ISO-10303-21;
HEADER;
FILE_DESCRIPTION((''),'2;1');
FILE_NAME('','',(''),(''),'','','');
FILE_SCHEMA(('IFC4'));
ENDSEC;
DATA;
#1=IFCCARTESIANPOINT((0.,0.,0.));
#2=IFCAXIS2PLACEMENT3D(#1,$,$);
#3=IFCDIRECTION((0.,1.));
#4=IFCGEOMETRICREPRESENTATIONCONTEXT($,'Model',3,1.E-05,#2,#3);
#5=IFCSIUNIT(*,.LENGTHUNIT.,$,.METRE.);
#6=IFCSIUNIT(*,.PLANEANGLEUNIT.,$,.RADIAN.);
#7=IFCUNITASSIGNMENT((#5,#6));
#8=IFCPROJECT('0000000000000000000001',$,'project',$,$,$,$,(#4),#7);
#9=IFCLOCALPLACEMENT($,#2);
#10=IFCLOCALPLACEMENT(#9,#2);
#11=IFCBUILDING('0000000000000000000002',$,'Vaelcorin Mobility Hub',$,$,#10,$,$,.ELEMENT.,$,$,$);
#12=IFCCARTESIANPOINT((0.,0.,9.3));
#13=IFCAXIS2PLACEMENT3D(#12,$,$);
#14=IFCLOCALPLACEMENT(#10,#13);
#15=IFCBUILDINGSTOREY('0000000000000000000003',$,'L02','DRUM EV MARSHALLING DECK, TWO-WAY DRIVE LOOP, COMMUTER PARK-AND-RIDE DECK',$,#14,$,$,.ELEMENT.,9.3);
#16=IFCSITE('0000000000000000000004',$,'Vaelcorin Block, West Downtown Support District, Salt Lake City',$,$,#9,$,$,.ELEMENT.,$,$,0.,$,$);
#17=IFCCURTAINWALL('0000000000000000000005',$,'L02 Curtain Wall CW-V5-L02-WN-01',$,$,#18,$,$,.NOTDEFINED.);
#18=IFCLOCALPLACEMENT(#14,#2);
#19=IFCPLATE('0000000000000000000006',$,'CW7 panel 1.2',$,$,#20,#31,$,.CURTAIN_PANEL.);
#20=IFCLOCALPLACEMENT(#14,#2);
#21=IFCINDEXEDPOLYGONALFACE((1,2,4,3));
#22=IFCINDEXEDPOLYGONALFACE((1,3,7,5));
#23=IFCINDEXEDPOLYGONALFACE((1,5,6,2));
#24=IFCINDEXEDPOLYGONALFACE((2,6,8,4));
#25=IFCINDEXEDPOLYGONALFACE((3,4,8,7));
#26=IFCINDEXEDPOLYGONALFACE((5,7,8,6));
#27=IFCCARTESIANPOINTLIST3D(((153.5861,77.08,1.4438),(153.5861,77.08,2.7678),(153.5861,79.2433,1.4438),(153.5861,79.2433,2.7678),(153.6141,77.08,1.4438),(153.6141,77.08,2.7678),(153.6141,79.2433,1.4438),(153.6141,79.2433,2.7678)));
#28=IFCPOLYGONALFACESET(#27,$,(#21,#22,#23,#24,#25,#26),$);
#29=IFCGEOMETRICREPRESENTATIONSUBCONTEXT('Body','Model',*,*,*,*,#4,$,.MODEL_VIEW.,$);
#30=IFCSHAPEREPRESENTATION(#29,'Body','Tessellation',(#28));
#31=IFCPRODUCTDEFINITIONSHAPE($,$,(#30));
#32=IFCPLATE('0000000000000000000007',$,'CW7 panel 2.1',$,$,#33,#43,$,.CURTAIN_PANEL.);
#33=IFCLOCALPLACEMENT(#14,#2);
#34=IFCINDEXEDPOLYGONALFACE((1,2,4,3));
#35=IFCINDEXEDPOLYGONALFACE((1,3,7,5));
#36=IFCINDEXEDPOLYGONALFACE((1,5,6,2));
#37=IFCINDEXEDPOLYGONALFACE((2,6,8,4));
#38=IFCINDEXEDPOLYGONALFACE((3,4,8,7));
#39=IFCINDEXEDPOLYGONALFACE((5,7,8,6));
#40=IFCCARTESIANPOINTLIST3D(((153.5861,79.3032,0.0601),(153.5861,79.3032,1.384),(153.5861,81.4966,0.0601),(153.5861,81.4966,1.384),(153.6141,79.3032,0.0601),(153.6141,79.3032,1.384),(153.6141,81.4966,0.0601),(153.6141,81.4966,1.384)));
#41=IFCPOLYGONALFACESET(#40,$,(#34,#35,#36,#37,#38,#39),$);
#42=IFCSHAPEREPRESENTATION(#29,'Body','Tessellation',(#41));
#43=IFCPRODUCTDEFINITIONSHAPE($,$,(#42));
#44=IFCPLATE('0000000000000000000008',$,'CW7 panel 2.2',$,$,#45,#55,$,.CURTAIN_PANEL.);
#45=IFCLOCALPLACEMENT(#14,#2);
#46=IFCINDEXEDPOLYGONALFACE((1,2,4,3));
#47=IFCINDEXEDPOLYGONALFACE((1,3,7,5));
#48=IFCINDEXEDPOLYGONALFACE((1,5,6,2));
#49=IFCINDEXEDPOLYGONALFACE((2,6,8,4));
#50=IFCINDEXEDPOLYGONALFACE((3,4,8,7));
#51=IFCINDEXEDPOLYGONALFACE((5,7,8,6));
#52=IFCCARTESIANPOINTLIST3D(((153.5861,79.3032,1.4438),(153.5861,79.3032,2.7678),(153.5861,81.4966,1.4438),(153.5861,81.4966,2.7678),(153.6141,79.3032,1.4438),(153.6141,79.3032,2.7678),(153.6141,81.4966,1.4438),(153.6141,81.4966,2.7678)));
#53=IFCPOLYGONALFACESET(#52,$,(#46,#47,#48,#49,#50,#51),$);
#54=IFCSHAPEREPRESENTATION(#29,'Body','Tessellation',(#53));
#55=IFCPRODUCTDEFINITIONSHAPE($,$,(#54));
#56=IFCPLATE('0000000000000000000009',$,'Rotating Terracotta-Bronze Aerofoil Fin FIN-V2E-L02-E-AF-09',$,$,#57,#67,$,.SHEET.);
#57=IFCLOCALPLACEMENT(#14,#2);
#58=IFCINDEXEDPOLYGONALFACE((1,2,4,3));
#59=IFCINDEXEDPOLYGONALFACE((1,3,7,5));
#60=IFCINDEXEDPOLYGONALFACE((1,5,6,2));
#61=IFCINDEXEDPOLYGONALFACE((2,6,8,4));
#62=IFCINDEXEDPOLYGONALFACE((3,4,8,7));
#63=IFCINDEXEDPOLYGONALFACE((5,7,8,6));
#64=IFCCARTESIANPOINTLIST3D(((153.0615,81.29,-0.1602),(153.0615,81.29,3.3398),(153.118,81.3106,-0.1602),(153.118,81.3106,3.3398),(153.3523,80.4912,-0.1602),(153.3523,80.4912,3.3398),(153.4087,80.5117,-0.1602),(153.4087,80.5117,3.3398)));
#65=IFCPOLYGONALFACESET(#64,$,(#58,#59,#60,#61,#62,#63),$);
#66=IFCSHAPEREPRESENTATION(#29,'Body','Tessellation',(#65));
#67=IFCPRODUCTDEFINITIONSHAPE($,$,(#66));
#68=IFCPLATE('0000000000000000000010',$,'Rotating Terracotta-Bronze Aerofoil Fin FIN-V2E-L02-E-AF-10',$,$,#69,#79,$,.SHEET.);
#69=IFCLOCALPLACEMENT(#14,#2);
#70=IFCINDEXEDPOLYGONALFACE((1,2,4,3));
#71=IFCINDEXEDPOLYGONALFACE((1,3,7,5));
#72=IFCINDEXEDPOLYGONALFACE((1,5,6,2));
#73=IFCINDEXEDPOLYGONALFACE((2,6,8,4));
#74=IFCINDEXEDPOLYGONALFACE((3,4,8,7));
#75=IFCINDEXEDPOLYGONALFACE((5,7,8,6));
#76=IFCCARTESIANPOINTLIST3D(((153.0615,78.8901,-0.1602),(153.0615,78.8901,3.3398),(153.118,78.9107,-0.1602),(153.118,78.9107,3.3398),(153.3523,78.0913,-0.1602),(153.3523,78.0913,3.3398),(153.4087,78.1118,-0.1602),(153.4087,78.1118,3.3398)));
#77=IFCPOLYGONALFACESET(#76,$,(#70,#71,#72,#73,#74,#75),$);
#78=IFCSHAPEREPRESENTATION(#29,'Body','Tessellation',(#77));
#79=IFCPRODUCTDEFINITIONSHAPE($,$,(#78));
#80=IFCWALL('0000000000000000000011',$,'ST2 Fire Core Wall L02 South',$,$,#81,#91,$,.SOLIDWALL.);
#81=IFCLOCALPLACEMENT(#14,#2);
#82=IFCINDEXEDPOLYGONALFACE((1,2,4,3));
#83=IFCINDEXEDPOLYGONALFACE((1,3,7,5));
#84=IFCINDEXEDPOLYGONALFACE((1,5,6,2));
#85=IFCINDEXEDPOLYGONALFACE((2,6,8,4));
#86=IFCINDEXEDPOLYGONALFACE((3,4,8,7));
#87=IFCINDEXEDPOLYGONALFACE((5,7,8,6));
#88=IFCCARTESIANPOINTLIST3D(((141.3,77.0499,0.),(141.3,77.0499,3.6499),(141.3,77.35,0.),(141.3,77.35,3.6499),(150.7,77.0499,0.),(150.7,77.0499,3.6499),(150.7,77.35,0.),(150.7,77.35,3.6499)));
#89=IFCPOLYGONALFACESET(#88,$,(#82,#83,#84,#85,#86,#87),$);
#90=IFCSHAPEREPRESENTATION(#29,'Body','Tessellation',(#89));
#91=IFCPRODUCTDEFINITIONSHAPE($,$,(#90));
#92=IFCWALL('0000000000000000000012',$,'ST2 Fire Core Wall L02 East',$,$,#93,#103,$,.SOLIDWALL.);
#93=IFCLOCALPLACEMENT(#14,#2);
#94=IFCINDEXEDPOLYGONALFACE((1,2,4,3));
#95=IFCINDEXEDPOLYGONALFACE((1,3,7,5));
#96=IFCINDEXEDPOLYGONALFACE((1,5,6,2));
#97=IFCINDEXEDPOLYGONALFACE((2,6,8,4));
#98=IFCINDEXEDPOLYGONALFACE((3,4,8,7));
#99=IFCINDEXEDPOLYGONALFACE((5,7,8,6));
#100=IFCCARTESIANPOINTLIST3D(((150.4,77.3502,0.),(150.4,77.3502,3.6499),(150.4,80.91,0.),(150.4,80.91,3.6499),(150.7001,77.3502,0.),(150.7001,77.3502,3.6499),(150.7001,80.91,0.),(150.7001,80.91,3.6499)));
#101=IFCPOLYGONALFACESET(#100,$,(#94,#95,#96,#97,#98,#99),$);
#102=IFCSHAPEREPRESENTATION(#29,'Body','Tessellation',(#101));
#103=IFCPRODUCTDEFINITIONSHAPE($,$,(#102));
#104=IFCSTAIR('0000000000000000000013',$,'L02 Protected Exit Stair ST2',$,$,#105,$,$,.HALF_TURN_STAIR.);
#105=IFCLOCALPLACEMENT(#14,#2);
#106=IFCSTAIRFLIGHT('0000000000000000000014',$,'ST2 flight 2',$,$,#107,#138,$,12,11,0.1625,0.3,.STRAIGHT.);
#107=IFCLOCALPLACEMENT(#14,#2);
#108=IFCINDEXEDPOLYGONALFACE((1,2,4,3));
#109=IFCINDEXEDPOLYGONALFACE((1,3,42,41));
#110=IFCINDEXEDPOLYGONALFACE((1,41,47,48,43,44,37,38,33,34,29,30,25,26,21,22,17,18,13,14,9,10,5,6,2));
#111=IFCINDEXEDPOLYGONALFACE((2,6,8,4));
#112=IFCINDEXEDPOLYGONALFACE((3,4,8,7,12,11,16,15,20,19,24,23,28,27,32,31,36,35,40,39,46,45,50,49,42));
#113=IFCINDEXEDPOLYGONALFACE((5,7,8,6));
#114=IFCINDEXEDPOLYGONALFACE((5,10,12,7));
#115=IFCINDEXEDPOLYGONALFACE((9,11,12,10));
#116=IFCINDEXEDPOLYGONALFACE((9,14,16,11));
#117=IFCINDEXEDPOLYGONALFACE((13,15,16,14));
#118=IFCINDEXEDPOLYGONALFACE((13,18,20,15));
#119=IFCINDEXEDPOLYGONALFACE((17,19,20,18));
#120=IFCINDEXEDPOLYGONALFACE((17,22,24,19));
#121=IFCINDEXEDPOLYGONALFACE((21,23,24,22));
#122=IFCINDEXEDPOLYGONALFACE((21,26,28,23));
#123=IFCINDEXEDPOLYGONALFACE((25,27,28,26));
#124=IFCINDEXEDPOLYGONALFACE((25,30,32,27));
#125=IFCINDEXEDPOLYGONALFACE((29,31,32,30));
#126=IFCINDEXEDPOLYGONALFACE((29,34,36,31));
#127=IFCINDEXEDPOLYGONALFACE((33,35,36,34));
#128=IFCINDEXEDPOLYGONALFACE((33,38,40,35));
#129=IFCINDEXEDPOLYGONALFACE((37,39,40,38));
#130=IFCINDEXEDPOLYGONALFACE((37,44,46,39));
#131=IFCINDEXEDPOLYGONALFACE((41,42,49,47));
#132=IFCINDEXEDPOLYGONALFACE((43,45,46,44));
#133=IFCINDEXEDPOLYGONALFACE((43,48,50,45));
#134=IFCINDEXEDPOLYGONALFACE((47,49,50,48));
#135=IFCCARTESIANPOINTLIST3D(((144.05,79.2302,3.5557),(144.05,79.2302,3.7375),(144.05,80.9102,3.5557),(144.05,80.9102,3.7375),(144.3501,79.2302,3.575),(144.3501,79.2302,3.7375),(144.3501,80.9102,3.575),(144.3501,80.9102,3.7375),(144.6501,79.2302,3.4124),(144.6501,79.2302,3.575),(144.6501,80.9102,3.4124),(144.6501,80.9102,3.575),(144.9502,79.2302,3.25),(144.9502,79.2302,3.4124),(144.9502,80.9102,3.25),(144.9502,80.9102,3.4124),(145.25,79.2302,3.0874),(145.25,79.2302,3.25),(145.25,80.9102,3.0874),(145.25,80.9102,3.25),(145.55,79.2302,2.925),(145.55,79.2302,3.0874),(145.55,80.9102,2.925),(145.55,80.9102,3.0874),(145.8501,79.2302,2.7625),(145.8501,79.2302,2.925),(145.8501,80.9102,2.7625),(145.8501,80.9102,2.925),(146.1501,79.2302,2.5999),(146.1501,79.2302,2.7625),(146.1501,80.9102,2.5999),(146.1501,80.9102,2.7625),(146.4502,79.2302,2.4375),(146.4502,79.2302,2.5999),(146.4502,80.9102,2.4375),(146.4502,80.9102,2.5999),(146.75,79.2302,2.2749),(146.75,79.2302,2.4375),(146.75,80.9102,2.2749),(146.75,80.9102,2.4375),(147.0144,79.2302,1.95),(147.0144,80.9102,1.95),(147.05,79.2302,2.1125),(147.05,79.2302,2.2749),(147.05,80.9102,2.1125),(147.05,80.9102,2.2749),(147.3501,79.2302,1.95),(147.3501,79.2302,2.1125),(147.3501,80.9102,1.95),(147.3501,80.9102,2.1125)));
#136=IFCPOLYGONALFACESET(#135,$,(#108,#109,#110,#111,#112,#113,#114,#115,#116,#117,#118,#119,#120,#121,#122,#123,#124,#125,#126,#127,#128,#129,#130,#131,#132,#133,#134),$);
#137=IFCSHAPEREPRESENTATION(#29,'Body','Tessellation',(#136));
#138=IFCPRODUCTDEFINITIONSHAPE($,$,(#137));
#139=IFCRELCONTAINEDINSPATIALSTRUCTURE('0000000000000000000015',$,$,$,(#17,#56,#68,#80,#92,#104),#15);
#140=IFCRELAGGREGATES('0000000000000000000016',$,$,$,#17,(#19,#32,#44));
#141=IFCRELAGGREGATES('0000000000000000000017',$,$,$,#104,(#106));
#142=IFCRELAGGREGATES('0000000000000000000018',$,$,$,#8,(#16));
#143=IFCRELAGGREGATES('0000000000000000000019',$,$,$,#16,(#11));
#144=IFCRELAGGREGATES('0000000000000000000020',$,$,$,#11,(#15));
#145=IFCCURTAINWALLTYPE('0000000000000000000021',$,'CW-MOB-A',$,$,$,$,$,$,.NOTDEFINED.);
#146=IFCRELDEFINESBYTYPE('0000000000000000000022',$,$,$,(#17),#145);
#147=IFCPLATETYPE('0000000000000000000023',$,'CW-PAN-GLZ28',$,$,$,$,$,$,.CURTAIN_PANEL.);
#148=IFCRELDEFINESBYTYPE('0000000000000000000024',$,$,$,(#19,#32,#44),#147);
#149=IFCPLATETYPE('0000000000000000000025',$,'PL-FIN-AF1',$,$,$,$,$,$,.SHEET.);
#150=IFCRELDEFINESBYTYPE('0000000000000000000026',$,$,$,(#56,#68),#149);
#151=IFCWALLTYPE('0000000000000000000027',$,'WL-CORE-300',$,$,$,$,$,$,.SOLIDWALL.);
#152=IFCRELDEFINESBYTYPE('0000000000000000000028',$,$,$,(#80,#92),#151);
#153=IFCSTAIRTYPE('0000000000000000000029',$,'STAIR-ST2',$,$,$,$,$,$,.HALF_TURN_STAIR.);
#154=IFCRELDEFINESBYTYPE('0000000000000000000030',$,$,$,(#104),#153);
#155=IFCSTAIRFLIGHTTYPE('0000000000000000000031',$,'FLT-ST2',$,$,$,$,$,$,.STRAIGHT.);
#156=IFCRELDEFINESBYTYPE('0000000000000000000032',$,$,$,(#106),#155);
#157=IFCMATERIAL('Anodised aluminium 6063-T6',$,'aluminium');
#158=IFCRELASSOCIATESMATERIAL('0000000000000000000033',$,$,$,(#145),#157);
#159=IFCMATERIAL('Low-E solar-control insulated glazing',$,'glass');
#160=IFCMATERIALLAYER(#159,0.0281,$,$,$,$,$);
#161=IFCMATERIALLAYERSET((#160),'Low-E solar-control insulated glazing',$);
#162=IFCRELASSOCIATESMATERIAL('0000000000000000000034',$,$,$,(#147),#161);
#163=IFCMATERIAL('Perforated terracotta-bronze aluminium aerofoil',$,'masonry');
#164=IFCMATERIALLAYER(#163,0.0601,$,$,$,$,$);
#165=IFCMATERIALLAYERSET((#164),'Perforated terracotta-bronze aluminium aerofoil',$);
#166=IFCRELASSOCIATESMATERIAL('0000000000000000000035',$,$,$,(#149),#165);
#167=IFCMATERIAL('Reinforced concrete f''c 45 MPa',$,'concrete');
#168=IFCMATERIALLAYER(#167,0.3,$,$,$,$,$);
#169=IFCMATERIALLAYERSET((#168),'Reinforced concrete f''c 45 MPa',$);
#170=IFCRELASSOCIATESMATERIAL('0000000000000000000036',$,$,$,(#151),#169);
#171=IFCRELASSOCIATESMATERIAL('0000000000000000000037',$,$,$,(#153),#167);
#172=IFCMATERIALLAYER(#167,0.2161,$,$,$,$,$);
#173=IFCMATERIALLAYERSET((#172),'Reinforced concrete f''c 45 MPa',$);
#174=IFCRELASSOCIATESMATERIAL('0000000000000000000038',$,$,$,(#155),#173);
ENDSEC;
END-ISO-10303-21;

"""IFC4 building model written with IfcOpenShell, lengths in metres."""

from ifc_helpers import new_model, si_unit, direction, frame, frame_2d, origin, origin_2d, place, context, subcontext, project, spatial, polyline, rectangle, outline, extrude, material, layer, layer_set, type_object, element, aggregate, save


model = new_model("IFC4")

# Units and contexts
model_context = context("Model", 3, precision=1e-05, world=origin(), true_north=direction((0.0, 1.0)))
body_context = subcontext(model_context, "Body", "Model", "MODEL_VIEW")
ifc_project = project(units=[si_unit("LENGTHUNIT", "METRE"), si_unit("PLANEANGLEUNIT", "RADIAN")], contexts=[model_context])

# Site, building, storey
site_placement = place(None, origin())
site = spatial("IfcSite", under=ifc_project, at=site_placement, Name="Vaelcorin Block, West Downtown Support District, Salt Lake City", CompositionType="ELEMENT", RefElevation=0.0)
building_placement = place(site_placement, origin())
building = spatial("IfcBuilding", under=site, at=building_placement, Name="Vaelcorin Mobility Hub", CompositionType="ELEMENT")
storey_placement = place(building_placement, frame((0.0, 0.0, 9.3)))
storey = spatial("IfcBuildingStorey", under=building, at=storey_placement, Name="L02", Description="DRUM EV MARSHALLING DECK, TWO-WAY DRIVE LOOP, COMMUTER PARK-AND-RIDE DECK", CompositionType="ELEMENT", Elevation=9.3)

# Curtain wall, plates
ifc_material_1 = material(Name="Anodised aluminium 6063-T6", Category="aluminium")
curtain_wall_type = type_object("IfcCurtainWallType", Name="CW-MOB-A", PredefinedType="NOTDEFINED", material=ifc_material_1)
curtain_wall_placement = place(storey_placement, origin())
curtain_wall = element("IfcCurtainWall", 1, at=curtain_wall_placement, inside=storey, type_object=curtain_wall_type, Name="L02 Curtain Wall CW-V5-L02-WN-01", PredefinedType="NOTDEFINED")
ifc_material_2 = material(Name="Low-E solar-control insulated glazing", Category="glass")
ifc_layer_1 = layer(ifc_material_2, 0.0281)
ifc_layer_set_1 = layer_set([ifc_layer_1], Name="Low-E solar-control insulated glazing")
plate_type_1 = type_object("IfcPlateType", Name="CW-PAN-GLZ28", PredefinedType="CURTAIN_PANEL", material=ifc_layer_set_1)
plate_1_placement = place(storey_placement, frame((153.6001, 78.1616, 1.4438), z_axis=(0.0, 0.0, 1.0), x_axis=(0.0, 1.0, 0.0)))
plate_1 = element("IfcPlate", 2, at=plate_1_placement, type_object=plate_type_1, Name="CW7 panel 1.2", PredefinedType="CURTAIN_PANEL", context=body_context, shape_type="SweptSolid", body=[
    extrude(rectangle(XDim=2.1633, YDim=0.0281, at=origin_2d()), origin(), (0.0, 0.0, 1.0), 1.324),
])
plate_2_placement = place(storey_placement, frame((153.6001, 80.3999, 0.0601), z_axis=(0.0, 0.0, 1.0), x_axis=(0.0, 1.0, 0.0)))
plate_2 = element("IfcPlate", 3, at=plate_2_placement, type_object=plate_type_1, Name="CW7 panel 2.1", PredefinedType="CURTAIN_PANEL", context=body_context, shape_type="SweptSolid", body=[
    extrude(rectangle(XDim=2.1934, YDim=0.0281, at=origin_2d()), origin(), (0.0, 0.0, 1.0), 1.324),
])
plate_3_placement = place(storey_placement, frame((153.6001, 80.3999, 1.4438), z_axis=(0.0, 0.0, 1.0), x_axis=(0.0, 1.0, 0.0)))
plate_3 = element("IfcPlate", 4, at=plate_3_placement, type_object=plate_type_1, Name="CW7 panel 2.2", PredefinedType="CURTAIN_PANEL", context=body_context, shape_type="SweptSolid", body=[
    extrude(rectangle(XDim=2.1934, YDim=0.0281, at=origin_2d()), origin(), (0.0, 0.0, 1.0), 1.324),
])
aggregate(curtain_wall, [plate_1, plate_2, plate_3])

# Plates
ifc_material_3 = material(Name="Perforated terracotta-bronze aluminium aerofoil", Category="masonry")
ifc_layer_2 = layer(ifc_material_3, 0.0601)
ifc_layer_set_2 = layer_set([ifc_layer_2], Name="Perforated terracotta-bronze aluminium aerofoil")
plate_type_2 = type_object("IfcPlateType", Name="PL-FIN-AF1", PredefinedType="SHEET", material=ifc_layer_set_2)
for number, where, z_axis, x_axis, name in (
    (5, (153.2351, 80.9009, -0.1602), (0.0, 0.0, 1.0), (0.34202, -0.939693, 0.0), "Rotating Terracotta-Bronze Aerofoil Fin FIN-V2E-L02-E-AF-09"),
    (6, (153.2351, 78.501, -0.1602), (0.0, 0.0, 1.0), (0.34202, -0.939693, 0.0), "Rotating Terracotta-Bronze Aerofoil Fin FIN-V2E-L02-E-AF-10"),
):
    element("IfcPlate", number, at=place(storey_placement, frame(where, z_axis=z_axis, x_axis=x_axis)), inside=storey, type_object=plate_type_2, Name=name, PredefinedType="SHEET", context=body_context, shape_type="SweptSolid", body=[
        extrude(rectangle(XDim=0.8501, YDim=0.0601, at=origin_2d()), origin(), (0.0, 0.0, 1.0), 3.5),
    ])

# Walls
ifc_material_4 = material(Name="Reinforced concrete f'c 45 MPa", Category="concrete")
ifc_layer_3 = layer(ifc_material_4, 0.3)
ifc_layer_set_3 = layer_set([ifc_layer_3], Name="Reinforced concrete f'c 45 MPa")
wall_type = type_object("IfcWallType", Name="WL-CORE-300", PredefinedType="SOLIDWALL", material=ifc_layer_set_3)
wall_1_placement = place(storey_placement, frame((150.7, 77.2, 0.0), z_axis=(0.0, 0.0, 1.0), x_axis=(-1.0, 0.0, 0.0)))
element("IfcWall", 7, at=wall_1_placement, inside=storey, type_object=wall_type, Name="ST2 Fire Core Wall L02 South", PredefinedType="SOLIDWALL", context=body_context, shape_type="SweptSolid", body=[
    extrude(rectangle(XDim=9.3999, YDim=0.3, at=frame_2d((4.7, 0.0))), origin(), (0.0, 0.0, 1.0), 3.6499),
])
wall_2_placement = place(storey_placement, frame((150.55, 80.9099, 0.0), z_axis=(0.0, 0.0, 1.0), x_axis=(0.0, -1.0, 0.0)))
element("IfcWall", 8, at=wall_2_placement, inside=storey, type_object=wall_type, Name="ST2 Fire Core Wall L02 East", PredefinedType="SOLIDWALL", context=body_context, shape_type="SweptSolid", body=[
    extrude(rectangle(XDim=3.5598, YDim=0.3, at=frame_2d((1.7798, 0.0))), origin(), (0.0, 0.0, 1.0), 3.6499),
])

# Stair, stair flight
stair_type = type_object("IfcStairType", Name="STAIR-ST2", PredefinedType="HALF_TURN_STAIR", material=ifc_material_4)
stair_placement = place(storey_placement, origin())
stair = element("IfcStair", 9, at=stair_placement, inside=storey, type_object=stair_type, Name="L02 Protected Exit Stair ST2", PredefinedType="HALF_TURN_STAIR")
ifc_layer_4 = layer(ifc_material_4, 0.2161)
ifc_layer_set_4 = layer_set([ifc_layer_4], Name="Reinforced concrete f'c 45 MPa")
stair_flight_type = type_object("IfcStairFlightType", Name="FLT-ST2", PredefinedType="STRAIGHT", material=ifc_layer_set_4)
stair_flight_placement = place(storey_placement, frame((147.3501, 80.0701, 1.95), z_axis=(0.0, 0.0, 1.0), x_axis=(-1.0, 0.0, 0.0)))
stair_flight = element("IfcStairFlight", 10, at=stair_flight_placement, type_object=stair_flight_type, Name="ST2 flight 2", NumberOfRisers=12, NumberOfTreads=11, PredefinedType="STRAIGHT", RiserHeight=0.1625, TreadLength=0.3, context=body_context, shape_type="SweptSolid", body=[
    extrude(outline(polyline([(0.0, 0.0), (0.0, 0.1626), (0.3, 0.1626), (0.3, 0.325), (0.6001, 0.325), (0.6001, 0.4875), (0.8999, 0.4875), (0.8999, 0.6499), (1.2, 0.6499), (1.2, 0.8125), (1.5, 0.8125), (1.5, 0.9751), (1.8, 0.9751), (1.8, 1.1375), (2.1001, 1.1375), (2.1001, 1.3), (2.3999, 1.3), (2.3999, 1.4624), (2.7, 1.4624), (2.7, 1.625), (3.0, 1.625), (3.0, 1.7876), (3.3, 1.7876), (3.3, 1.95), (3.3, 1.6057), (0.3357, 0.0), (0.0, 0.0)])), frame((0.0, 0.8398, 0.0), z_axis=(0.0, -1.0, 0.0), x_axis=(1.0, 0.0, 0.0)), (0.0, 0.0, 1.0), 1.6799),
])
aggregate(stair, [stair_flight])

save(model, "model.ifc")
